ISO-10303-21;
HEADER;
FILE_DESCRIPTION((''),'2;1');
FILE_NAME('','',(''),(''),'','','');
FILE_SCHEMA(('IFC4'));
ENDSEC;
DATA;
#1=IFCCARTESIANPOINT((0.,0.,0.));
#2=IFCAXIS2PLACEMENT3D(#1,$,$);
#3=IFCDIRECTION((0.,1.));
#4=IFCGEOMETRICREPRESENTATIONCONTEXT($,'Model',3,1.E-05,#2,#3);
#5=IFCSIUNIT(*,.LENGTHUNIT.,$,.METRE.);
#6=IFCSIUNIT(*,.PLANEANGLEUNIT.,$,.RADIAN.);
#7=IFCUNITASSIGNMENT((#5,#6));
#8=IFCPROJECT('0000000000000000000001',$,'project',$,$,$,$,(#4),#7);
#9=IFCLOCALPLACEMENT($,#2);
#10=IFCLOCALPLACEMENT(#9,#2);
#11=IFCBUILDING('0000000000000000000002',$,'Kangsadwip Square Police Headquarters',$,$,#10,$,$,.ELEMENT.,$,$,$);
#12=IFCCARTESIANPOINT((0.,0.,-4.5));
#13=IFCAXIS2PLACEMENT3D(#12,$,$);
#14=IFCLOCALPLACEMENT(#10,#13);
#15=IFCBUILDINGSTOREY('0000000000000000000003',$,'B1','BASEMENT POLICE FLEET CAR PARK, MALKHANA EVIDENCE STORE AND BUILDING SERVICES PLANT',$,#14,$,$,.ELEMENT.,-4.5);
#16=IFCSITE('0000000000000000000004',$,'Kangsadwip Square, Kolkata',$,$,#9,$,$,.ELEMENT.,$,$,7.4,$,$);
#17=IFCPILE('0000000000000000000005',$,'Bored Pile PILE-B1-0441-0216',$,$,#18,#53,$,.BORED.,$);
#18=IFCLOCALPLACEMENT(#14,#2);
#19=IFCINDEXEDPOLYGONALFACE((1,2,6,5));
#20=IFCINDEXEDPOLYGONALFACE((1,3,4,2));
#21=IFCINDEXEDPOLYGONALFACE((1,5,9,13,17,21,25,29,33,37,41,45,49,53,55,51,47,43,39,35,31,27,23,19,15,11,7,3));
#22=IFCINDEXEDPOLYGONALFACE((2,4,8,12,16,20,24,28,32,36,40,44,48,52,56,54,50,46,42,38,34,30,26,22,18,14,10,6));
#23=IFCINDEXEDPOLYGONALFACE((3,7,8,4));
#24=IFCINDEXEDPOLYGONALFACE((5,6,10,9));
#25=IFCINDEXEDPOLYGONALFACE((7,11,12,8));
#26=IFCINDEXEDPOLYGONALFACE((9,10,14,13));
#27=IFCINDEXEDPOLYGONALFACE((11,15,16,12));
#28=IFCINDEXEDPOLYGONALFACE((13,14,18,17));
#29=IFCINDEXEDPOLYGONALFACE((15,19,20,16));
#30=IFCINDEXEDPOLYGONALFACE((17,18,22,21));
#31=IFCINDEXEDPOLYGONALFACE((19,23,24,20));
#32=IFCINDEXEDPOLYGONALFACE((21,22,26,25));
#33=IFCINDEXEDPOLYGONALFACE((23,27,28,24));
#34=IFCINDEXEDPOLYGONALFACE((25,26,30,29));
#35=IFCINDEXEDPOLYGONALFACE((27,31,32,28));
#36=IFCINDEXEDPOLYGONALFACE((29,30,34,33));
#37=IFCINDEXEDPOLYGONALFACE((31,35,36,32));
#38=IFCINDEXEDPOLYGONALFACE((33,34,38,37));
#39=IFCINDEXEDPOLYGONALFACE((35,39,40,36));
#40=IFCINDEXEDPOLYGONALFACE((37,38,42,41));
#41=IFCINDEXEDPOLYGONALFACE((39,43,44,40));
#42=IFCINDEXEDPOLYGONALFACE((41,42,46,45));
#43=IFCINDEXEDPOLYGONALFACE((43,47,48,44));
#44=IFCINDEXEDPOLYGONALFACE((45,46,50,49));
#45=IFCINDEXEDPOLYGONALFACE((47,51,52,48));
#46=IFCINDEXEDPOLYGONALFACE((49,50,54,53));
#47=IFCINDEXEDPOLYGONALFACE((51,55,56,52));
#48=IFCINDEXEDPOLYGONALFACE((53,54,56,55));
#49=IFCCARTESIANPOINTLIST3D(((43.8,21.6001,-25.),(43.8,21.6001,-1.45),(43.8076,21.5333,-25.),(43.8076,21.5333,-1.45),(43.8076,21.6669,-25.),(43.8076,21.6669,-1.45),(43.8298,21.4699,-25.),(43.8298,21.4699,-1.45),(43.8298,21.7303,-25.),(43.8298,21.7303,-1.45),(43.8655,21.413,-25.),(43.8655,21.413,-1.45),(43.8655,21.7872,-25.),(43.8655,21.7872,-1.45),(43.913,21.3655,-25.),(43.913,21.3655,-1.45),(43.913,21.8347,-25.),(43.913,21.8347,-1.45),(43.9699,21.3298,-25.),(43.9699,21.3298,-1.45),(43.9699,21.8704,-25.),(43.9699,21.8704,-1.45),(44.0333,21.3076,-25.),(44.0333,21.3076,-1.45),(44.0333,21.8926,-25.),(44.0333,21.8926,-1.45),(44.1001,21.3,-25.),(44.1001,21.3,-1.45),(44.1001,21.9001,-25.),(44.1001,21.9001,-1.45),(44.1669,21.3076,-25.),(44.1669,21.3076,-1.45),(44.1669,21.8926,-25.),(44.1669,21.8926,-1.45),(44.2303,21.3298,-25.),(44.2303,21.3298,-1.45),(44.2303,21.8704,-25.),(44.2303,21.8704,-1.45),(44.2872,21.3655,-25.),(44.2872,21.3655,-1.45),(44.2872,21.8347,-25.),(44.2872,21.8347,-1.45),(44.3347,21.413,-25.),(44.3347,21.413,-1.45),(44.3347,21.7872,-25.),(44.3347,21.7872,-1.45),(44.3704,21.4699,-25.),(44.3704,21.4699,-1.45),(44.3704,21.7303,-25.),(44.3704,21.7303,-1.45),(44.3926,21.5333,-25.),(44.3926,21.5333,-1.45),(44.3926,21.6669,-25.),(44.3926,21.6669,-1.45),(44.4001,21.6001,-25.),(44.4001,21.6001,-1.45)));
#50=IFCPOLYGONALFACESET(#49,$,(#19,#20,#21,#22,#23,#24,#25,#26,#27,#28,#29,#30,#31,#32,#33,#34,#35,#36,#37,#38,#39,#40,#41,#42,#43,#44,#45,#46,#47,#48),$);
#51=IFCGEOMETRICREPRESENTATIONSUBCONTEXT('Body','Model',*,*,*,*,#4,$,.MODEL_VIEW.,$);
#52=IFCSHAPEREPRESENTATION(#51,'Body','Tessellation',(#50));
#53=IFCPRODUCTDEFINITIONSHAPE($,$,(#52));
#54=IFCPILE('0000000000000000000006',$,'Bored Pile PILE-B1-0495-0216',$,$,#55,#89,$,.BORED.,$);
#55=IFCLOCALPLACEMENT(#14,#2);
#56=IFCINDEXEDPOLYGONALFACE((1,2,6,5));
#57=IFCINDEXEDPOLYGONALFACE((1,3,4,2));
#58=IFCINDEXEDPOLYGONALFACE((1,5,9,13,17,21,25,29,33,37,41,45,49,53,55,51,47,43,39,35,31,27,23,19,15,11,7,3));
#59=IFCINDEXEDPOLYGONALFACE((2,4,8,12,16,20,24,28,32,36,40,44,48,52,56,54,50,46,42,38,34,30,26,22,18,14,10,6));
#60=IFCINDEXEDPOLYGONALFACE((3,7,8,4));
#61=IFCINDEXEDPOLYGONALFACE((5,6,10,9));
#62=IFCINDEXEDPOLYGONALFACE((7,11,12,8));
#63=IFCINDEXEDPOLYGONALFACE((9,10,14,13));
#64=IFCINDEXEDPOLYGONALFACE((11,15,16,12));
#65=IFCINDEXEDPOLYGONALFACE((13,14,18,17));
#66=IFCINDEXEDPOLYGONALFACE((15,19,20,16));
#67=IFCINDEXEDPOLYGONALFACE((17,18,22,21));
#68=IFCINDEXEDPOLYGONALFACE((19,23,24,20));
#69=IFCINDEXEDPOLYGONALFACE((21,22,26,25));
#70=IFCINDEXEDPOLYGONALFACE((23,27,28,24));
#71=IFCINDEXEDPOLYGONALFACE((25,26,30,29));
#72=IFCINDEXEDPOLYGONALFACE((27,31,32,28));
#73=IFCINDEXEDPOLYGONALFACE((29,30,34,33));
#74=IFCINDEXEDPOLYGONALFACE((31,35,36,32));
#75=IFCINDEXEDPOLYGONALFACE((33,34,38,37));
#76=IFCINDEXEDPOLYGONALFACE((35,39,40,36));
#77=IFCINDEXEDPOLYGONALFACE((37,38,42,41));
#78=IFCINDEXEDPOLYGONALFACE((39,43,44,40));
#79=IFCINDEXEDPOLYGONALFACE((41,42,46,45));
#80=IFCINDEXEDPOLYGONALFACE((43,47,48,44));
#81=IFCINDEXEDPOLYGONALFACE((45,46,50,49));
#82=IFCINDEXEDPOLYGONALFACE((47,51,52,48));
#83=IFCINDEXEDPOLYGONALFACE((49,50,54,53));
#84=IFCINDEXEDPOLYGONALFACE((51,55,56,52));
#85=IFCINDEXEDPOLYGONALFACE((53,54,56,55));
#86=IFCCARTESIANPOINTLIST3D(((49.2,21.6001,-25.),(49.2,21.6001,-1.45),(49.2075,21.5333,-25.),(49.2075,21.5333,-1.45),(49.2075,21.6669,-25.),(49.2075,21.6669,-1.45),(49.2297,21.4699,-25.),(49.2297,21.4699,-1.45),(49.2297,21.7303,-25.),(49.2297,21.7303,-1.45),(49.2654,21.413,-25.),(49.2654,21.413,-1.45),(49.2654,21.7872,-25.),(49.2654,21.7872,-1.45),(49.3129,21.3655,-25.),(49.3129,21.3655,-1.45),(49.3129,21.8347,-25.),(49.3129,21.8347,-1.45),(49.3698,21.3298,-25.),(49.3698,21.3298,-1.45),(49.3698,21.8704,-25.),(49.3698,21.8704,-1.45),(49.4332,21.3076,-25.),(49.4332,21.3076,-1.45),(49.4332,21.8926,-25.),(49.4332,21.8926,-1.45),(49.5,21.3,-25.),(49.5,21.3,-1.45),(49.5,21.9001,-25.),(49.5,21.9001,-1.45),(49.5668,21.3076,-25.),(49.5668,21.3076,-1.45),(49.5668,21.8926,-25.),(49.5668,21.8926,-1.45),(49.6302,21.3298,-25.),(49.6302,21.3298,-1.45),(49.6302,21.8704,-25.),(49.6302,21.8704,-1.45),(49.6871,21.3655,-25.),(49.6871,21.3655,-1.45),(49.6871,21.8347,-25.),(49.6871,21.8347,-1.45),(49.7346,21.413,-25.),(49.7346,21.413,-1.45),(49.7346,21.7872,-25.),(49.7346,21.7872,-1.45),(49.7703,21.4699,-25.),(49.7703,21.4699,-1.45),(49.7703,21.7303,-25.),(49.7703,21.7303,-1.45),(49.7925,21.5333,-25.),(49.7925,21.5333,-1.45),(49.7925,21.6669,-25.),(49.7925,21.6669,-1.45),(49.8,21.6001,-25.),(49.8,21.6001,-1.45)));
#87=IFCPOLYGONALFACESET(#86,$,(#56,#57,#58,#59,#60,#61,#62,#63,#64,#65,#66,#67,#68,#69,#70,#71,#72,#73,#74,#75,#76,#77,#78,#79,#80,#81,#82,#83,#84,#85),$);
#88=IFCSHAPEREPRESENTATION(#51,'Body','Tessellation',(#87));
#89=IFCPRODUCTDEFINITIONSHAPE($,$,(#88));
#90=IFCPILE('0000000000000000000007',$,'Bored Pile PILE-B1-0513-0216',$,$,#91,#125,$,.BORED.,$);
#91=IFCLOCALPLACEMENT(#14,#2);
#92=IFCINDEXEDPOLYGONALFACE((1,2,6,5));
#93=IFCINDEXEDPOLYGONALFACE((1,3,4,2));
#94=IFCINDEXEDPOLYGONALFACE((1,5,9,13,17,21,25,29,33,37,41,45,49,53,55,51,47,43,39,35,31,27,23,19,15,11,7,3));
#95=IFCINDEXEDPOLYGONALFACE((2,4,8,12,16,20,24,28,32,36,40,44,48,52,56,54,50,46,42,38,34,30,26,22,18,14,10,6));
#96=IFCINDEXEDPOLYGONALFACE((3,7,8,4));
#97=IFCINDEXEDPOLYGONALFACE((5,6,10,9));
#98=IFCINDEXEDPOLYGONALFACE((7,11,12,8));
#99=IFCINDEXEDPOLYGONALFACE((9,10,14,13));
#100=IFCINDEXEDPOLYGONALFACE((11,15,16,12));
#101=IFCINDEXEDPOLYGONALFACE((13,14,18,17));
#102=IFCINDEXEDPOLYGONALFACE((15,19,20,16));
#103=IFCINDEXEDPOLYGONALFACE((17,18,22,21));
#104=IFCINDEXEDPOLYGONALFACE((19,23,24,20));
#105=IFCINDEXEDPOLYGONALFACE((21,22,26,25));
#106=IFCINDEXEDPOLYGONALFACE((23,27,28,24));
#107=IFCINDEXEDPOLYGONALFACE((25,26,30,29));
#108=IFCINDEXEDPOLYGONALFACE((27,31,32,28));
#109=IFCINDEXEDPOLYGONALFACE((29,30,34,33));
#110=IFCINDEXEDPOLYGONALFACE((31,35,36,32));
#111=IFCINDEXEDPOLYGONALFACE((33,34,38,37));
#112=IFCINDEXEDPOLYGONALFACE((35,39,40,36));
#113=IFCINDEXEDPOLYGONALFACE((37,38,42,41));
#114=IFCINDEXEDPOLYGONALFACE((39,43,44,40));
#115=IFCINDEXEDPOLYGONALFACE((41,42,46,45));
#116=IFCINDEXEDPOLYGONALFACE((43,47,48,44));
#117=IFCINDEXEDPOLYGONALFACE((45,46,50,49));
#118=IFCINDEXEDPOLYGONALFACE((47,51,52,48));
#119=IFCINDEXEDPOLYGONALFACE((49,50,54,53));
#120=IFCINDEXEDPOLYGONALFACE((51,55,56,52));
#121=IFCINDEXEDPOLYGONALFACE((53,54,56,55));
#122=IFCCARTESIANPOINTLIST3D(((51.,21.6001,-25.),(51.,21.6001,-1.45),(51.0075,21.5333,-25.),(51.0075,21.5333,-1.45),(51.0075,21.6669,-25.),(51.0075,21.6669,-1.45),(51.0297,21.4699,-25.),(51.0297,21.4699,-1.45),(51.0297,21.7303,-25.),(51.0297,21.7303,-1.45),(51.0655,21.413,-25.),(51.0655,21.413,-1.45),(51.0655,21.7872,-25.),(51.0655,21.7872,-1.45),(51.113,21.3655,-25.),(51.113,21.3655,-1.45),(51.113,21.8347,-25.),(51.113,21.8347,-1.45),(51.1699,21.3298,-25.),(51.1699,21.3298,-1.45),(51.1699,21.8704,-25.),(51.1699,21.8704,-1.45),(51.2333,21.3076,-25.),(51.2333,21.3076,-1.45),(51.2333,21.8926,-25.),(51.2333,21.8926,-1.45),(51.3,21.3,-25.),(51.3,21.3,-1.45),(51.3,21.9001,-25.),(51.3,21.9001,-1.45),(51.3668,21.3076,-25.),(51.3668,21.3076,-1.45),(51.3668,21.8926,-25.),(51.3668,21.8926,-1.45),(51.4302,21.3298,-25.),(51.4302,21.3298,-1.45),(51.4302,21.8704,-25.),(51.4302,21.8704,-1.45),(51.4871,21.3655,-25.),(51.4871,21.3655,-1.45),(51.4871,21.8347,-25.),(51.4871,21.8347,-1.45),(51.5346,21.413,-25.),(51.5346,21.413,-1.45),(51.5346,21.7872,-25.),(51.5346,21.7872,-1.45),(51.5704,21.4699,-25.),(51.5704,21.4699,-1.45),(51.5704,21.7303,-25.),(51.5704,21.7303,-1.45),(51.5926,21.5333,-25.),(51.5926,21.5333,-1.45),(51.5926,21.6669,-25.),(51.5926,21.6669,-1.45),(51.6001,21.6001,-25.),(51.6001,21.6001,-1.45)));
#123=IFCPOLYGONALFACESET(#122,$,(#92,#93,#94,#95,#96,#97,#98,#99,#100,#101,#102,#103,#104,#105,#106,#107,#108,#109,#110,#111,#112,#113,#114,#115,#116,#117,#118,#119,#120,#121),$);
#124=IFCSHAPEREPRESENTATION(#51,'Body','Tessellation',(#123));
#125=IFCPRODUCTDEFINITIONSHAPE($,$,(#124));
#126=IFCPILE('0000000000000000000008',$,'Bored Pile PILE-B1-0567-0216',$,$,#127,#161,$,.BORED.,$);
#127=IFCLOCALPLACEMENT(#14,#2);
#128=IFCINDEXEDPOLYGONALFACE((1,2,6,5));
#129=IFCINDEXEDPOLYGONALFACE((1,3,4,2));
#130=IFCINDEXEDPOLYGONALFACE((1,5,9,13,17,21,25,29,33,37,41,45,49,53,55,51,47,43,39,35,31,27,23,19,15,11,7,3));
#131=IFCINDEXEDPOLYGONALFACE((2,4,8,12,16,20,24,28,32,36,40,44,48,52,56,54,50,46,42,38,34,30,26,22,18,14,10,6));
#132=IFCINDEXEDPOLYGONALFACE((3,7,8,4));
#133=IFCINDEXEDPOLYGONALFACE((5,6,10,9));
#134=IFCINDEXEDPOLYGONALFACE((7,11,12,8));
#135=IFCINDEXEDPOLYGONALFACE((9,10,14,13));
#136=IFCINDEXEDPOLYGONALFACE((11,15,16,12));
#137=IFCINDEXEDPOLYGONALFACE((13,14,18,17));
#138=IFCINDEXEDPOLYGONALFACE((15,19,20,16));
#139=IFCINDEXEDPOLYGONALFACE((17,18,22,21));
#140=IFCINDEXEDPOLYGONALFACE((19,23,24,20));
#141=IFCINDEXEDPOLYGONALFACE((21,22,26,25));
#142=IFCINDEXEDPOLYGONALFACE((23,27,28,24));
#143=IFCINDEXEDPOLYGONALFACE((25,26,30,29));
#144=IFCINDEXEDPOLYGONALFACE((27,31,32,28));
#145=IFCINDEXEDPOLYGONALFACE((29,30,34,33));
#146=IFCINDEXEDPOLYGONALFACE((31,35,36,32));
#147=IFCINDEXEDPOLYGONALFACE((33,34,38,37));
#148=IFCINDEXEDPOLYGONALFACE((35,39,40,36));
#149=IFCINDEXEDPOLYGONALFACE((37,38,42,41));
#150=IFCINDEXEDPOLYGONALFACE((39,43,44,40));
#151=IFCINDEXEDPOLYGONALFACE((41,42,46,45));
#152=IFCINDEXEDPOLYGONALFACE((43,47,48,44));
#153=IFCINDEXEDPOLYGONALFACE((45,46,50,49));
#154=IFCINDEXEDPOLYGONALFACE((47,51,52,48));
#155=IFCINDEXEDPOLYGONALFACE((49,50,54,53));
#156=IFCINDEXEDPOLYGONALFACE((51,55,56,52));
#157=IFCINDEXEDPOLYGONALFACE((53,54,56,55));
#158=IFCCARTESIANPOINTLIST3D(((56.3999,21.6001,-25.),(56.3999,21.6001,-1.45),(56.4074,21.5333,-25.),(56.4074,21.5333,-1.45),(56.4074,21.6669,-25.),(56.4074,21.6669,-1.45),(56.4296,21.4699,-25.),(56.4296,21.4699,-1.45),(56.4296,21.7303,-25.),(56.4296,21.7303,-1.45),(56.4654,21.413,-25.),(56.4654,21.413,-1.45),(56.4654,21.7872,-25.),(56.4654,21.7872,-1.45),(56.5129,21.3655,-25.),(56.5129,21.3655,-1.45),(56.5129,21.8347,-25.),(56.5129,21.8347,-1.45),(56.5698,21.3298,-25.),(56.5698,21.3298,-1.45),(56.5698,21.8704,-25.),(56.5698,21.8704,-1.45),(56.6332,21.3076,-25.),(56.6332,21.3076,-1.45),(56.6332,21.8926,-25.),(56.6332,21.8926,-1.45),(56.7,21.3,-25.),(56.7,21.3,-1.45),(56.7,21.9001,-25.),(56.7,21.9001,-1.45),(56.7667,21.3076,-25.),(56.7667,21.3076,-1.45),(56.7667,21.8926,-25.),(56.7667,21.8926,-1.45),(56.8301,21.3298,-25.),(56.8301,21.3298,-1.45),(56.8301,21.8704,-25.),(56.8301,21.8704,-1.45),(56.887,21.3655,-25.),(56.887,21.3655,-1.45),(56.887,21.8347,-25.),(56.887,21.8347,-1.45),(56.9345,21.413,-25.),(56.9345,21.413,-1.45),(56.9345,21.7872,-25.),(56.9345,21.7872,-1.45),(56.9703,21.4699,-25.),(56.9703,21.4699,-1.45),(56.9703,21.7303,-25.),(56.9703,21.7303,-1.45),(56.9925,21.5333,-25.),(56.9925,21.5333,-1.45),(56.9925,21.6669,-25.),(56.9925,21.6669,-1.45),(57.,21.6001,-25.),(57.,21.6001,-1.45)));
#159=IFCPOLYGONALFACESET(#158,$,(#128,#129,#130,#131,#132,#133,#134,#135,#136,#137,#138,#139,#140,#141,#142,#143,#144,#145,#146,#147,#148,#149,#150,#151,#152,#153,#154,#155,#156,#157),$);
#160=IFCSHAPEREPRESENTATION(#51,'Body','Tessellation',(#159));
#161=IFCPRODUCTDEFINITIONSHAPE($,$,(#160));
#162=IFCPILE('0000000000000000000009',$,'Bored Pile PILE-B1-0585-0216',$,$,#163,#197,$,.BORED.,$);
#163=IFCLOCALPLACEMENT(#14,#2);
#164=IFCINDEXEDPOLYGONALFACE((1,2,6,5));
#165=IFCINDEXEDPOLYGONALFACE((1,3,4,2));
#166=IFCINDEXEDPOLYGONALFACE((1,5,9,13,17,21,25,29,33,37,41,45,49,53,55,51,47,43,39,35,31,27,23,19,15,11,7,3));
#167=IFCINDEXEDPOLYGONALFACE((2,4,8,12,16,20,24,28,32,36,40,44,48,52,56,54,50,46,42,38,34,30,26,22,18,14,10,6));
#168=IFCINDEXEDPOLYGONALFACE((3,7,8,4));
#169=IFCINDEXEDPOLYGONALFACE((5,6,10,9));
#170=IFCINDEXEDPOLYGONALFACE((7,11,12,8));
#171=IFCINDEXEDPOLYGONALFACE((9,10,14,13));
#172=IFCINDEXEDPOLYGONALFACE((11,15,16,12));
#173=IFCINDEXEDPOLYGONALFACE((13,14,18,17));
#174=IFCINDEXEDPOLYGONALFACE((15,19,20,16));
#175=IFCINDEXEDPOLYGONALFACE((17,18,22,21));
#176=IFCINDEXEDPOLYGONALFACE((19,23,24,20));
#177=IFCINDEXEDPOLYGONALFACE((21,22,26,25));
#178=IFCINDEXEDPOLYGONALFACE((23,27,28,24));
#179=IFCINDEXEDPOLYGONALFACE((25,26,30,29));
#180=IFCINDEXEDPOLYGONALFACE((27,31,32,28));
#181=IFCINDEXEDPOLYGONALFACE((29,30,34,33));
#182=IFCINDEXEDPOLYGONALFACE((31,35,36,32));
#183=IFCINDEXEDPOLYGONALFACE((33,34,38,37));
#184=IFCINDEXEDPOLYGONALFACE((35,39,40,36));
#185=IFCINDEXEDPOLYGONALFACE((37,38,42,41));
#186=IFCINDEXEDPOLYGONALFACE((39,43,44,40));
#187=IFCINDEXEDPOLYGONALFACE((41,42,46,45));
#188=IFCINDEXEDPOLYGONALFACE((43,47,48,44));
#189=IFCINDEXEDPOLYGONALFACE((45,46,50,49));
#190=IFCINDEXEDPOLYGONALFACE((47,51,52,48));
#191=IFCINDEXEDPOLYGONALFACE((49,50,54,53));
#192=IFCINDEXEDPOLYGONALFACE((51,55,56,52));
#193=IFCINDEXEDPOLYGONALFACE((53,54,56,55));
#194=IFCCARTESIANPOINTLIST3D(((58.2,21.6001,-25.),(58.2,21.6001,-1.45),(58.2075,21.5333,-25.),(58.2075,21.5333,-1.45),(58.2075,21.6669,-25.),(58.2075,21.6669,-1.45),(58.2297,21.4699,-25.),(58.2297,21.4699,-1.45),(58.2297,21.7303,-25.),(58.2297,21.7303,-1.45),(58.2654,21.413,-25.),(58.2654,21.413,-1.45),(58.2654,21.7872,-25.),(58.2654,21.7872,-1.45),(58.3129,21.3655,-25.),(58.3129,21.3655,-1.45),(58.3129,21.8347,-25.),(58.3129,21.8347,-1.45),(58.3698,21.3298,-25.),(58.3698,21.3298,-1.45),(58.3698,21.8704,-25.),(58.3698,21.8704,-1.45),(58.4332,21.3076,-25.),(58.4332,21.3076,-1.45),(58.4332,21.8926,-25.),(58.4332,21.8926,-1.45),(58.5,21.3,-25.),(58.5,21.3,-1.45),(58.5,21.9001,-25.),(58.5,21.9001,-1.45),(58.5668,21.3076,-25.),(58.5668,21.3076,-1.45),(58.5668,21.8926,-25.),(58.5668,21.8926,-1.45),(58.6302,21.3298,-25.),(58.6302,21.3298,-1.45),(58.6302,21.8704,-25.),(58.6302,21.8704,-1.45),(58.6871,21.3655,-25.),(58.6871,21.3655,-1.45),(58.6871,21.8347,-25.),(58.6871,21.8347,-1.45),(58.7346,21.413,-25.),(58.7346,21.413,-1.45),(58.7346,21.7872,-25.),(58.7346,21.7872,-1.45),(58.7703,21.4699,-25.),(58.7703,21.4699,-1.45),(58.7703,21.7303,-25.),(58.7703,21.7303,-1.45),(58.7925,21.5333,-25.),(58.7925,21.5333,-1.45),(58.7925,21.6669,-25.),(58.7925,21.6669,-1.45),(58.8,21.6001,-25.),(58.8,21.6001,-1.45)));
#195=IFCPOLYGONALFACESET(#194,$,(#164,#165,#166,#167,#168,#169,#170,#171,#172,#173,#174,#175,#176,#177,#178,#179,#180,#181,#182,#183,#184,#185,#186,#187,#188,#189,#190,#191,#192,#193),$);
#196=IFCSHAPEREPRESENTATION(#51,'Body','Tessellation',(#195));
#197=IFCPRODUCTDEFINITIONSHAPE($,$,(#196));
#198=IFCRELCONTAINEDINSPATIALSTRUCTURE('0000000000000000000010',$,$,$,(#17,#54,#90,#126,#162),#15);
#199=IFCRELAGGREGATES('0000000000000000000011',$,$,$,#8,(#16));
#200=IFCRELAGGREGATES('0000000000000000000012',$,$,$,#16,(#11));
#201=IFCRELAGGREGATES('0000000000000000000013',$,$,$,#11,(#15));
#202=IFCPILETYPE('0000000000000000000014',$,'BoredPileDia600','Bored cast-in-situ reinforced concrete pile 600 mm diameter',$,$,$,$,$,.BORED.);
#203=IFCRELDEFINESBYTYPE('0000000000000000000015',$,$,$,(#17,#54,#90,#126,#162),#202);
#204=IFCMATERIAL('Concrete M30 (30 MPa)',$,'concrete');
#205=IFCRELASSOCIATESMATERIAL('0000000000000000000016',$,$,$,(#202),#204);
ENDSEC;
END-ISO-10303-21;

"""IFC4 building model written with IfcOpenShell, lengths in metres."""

from ifc_helpers import new_model, si_unit, direction, frame, origin, origin_2d, place, context, subcontext, project, spatial, circle, extrude, material, material_profile, profile_set, type_object, element, save


model = new_model("IFC4")

# Units and contexts
model_context = context("Model", 3, precision=1e-05, world=origin(), true_north=direction((0.0, 1.0)))
body_context = subcontext(model_context, "Body", "Model", "MODEL_VIEW")
ifc_project = project(units=[si_unit("LENGTHUNIT", "METRE"), si_unit("PLANEANGLEUNIT", "RADIAN")], contexts=[model_context])

# Site, building, storey
site_placement = place(None, origin())
site = spatial("IfcSite", under=ifc_project, at=site_placement, Name="Kangsadwip Square, Kolkata", CompositionType="ELEMENT", RefElevation=7.4)
building_placement = place(site_placement, origin())
building = spatial("IfcBuilding", under=site, at=building_placement, Name="Kangsadwip Square Police Headquarters", CompositionType="ELEMENT")
storey_placement = place(building_placement, frame((0.0, 0.0, -4.5)))
storey = spatial("IfcBuildingStorey", under=building, at=storey_placement, Name="B1", Description="BASEMENT POLICE FLEET CAR PARK, MALKHANA EVIDENCE STORE AND BUILDING SERVICES PLANT", CompositionType="ELEMENT", Elevation=-4.5)

# Piles
ifc_material_1 = material(Name="Concrete M30 (30 MPa)", Category="concrete")
ifc_material_profile_1 = material_profile(ifc_material_1, circle(Radius=0.3, at=origin_2d()), Name="PILE DIA 600")
ifc_profile_set_1 = profile_set([ifc_material_profile_1], Name="Concrete M30 (30 MPa)")
pile_type = type_object("IfcPileType", Name="BoredPileDia600", Description="Bored cast-in-situ reinforced concrete pile 600 mm diameter", PredefinedType="BORED", material=ifc_profile_set_1)
for number, where, z_axis, x_axis, name in (
    (1, (44.1001, 21.6001, -1.45), (0.0, 0.0, -1.0), (1.0, 0.0, 0.0), "Bored Pile PILE-B1-0441-0216"),
    (2, (49.5, 21.6001, -1.45), (0.0, 0.0, -1.0), (1.0, 0.0, 0.0), "Bored Pile PILE-B1-0495-0216"),
    (3, (51.3, 21.6001, -1.45), (0.0, 0.0, -1.0), (1.0, 0.0, 0.0), "Bored Pile PILE-B1-0513-0216"),
    (4, (56.7, 21.6001, -1.45), (0.0, 0.0, -1.0), (1.0, 0.0, 0.0), "Bored Pile PILE-B1-0567-0216"),
    (5, (58.5, 21.6001, -1.45), (0.0, 0.0, -1.0), (1.0, 0.0, 0.0), "Bored Pile PILE-B1-0585-0216"),
):
    element("IfcPile", number, at=place(storey_placement, frame(where, z_axis=z_axis, x_axis=x_axis)), inside=storey, type_object=pile_type, Name=name, PredefinedType="BORED", context=body_context, shape_type="SweptSolid", body=[
        extrude(circle(Radius=0.3, at=origin_2d()), origin(), (0.0, 0.0, 1.0), 23.55),
    ])

save(model, "model.ifc")
